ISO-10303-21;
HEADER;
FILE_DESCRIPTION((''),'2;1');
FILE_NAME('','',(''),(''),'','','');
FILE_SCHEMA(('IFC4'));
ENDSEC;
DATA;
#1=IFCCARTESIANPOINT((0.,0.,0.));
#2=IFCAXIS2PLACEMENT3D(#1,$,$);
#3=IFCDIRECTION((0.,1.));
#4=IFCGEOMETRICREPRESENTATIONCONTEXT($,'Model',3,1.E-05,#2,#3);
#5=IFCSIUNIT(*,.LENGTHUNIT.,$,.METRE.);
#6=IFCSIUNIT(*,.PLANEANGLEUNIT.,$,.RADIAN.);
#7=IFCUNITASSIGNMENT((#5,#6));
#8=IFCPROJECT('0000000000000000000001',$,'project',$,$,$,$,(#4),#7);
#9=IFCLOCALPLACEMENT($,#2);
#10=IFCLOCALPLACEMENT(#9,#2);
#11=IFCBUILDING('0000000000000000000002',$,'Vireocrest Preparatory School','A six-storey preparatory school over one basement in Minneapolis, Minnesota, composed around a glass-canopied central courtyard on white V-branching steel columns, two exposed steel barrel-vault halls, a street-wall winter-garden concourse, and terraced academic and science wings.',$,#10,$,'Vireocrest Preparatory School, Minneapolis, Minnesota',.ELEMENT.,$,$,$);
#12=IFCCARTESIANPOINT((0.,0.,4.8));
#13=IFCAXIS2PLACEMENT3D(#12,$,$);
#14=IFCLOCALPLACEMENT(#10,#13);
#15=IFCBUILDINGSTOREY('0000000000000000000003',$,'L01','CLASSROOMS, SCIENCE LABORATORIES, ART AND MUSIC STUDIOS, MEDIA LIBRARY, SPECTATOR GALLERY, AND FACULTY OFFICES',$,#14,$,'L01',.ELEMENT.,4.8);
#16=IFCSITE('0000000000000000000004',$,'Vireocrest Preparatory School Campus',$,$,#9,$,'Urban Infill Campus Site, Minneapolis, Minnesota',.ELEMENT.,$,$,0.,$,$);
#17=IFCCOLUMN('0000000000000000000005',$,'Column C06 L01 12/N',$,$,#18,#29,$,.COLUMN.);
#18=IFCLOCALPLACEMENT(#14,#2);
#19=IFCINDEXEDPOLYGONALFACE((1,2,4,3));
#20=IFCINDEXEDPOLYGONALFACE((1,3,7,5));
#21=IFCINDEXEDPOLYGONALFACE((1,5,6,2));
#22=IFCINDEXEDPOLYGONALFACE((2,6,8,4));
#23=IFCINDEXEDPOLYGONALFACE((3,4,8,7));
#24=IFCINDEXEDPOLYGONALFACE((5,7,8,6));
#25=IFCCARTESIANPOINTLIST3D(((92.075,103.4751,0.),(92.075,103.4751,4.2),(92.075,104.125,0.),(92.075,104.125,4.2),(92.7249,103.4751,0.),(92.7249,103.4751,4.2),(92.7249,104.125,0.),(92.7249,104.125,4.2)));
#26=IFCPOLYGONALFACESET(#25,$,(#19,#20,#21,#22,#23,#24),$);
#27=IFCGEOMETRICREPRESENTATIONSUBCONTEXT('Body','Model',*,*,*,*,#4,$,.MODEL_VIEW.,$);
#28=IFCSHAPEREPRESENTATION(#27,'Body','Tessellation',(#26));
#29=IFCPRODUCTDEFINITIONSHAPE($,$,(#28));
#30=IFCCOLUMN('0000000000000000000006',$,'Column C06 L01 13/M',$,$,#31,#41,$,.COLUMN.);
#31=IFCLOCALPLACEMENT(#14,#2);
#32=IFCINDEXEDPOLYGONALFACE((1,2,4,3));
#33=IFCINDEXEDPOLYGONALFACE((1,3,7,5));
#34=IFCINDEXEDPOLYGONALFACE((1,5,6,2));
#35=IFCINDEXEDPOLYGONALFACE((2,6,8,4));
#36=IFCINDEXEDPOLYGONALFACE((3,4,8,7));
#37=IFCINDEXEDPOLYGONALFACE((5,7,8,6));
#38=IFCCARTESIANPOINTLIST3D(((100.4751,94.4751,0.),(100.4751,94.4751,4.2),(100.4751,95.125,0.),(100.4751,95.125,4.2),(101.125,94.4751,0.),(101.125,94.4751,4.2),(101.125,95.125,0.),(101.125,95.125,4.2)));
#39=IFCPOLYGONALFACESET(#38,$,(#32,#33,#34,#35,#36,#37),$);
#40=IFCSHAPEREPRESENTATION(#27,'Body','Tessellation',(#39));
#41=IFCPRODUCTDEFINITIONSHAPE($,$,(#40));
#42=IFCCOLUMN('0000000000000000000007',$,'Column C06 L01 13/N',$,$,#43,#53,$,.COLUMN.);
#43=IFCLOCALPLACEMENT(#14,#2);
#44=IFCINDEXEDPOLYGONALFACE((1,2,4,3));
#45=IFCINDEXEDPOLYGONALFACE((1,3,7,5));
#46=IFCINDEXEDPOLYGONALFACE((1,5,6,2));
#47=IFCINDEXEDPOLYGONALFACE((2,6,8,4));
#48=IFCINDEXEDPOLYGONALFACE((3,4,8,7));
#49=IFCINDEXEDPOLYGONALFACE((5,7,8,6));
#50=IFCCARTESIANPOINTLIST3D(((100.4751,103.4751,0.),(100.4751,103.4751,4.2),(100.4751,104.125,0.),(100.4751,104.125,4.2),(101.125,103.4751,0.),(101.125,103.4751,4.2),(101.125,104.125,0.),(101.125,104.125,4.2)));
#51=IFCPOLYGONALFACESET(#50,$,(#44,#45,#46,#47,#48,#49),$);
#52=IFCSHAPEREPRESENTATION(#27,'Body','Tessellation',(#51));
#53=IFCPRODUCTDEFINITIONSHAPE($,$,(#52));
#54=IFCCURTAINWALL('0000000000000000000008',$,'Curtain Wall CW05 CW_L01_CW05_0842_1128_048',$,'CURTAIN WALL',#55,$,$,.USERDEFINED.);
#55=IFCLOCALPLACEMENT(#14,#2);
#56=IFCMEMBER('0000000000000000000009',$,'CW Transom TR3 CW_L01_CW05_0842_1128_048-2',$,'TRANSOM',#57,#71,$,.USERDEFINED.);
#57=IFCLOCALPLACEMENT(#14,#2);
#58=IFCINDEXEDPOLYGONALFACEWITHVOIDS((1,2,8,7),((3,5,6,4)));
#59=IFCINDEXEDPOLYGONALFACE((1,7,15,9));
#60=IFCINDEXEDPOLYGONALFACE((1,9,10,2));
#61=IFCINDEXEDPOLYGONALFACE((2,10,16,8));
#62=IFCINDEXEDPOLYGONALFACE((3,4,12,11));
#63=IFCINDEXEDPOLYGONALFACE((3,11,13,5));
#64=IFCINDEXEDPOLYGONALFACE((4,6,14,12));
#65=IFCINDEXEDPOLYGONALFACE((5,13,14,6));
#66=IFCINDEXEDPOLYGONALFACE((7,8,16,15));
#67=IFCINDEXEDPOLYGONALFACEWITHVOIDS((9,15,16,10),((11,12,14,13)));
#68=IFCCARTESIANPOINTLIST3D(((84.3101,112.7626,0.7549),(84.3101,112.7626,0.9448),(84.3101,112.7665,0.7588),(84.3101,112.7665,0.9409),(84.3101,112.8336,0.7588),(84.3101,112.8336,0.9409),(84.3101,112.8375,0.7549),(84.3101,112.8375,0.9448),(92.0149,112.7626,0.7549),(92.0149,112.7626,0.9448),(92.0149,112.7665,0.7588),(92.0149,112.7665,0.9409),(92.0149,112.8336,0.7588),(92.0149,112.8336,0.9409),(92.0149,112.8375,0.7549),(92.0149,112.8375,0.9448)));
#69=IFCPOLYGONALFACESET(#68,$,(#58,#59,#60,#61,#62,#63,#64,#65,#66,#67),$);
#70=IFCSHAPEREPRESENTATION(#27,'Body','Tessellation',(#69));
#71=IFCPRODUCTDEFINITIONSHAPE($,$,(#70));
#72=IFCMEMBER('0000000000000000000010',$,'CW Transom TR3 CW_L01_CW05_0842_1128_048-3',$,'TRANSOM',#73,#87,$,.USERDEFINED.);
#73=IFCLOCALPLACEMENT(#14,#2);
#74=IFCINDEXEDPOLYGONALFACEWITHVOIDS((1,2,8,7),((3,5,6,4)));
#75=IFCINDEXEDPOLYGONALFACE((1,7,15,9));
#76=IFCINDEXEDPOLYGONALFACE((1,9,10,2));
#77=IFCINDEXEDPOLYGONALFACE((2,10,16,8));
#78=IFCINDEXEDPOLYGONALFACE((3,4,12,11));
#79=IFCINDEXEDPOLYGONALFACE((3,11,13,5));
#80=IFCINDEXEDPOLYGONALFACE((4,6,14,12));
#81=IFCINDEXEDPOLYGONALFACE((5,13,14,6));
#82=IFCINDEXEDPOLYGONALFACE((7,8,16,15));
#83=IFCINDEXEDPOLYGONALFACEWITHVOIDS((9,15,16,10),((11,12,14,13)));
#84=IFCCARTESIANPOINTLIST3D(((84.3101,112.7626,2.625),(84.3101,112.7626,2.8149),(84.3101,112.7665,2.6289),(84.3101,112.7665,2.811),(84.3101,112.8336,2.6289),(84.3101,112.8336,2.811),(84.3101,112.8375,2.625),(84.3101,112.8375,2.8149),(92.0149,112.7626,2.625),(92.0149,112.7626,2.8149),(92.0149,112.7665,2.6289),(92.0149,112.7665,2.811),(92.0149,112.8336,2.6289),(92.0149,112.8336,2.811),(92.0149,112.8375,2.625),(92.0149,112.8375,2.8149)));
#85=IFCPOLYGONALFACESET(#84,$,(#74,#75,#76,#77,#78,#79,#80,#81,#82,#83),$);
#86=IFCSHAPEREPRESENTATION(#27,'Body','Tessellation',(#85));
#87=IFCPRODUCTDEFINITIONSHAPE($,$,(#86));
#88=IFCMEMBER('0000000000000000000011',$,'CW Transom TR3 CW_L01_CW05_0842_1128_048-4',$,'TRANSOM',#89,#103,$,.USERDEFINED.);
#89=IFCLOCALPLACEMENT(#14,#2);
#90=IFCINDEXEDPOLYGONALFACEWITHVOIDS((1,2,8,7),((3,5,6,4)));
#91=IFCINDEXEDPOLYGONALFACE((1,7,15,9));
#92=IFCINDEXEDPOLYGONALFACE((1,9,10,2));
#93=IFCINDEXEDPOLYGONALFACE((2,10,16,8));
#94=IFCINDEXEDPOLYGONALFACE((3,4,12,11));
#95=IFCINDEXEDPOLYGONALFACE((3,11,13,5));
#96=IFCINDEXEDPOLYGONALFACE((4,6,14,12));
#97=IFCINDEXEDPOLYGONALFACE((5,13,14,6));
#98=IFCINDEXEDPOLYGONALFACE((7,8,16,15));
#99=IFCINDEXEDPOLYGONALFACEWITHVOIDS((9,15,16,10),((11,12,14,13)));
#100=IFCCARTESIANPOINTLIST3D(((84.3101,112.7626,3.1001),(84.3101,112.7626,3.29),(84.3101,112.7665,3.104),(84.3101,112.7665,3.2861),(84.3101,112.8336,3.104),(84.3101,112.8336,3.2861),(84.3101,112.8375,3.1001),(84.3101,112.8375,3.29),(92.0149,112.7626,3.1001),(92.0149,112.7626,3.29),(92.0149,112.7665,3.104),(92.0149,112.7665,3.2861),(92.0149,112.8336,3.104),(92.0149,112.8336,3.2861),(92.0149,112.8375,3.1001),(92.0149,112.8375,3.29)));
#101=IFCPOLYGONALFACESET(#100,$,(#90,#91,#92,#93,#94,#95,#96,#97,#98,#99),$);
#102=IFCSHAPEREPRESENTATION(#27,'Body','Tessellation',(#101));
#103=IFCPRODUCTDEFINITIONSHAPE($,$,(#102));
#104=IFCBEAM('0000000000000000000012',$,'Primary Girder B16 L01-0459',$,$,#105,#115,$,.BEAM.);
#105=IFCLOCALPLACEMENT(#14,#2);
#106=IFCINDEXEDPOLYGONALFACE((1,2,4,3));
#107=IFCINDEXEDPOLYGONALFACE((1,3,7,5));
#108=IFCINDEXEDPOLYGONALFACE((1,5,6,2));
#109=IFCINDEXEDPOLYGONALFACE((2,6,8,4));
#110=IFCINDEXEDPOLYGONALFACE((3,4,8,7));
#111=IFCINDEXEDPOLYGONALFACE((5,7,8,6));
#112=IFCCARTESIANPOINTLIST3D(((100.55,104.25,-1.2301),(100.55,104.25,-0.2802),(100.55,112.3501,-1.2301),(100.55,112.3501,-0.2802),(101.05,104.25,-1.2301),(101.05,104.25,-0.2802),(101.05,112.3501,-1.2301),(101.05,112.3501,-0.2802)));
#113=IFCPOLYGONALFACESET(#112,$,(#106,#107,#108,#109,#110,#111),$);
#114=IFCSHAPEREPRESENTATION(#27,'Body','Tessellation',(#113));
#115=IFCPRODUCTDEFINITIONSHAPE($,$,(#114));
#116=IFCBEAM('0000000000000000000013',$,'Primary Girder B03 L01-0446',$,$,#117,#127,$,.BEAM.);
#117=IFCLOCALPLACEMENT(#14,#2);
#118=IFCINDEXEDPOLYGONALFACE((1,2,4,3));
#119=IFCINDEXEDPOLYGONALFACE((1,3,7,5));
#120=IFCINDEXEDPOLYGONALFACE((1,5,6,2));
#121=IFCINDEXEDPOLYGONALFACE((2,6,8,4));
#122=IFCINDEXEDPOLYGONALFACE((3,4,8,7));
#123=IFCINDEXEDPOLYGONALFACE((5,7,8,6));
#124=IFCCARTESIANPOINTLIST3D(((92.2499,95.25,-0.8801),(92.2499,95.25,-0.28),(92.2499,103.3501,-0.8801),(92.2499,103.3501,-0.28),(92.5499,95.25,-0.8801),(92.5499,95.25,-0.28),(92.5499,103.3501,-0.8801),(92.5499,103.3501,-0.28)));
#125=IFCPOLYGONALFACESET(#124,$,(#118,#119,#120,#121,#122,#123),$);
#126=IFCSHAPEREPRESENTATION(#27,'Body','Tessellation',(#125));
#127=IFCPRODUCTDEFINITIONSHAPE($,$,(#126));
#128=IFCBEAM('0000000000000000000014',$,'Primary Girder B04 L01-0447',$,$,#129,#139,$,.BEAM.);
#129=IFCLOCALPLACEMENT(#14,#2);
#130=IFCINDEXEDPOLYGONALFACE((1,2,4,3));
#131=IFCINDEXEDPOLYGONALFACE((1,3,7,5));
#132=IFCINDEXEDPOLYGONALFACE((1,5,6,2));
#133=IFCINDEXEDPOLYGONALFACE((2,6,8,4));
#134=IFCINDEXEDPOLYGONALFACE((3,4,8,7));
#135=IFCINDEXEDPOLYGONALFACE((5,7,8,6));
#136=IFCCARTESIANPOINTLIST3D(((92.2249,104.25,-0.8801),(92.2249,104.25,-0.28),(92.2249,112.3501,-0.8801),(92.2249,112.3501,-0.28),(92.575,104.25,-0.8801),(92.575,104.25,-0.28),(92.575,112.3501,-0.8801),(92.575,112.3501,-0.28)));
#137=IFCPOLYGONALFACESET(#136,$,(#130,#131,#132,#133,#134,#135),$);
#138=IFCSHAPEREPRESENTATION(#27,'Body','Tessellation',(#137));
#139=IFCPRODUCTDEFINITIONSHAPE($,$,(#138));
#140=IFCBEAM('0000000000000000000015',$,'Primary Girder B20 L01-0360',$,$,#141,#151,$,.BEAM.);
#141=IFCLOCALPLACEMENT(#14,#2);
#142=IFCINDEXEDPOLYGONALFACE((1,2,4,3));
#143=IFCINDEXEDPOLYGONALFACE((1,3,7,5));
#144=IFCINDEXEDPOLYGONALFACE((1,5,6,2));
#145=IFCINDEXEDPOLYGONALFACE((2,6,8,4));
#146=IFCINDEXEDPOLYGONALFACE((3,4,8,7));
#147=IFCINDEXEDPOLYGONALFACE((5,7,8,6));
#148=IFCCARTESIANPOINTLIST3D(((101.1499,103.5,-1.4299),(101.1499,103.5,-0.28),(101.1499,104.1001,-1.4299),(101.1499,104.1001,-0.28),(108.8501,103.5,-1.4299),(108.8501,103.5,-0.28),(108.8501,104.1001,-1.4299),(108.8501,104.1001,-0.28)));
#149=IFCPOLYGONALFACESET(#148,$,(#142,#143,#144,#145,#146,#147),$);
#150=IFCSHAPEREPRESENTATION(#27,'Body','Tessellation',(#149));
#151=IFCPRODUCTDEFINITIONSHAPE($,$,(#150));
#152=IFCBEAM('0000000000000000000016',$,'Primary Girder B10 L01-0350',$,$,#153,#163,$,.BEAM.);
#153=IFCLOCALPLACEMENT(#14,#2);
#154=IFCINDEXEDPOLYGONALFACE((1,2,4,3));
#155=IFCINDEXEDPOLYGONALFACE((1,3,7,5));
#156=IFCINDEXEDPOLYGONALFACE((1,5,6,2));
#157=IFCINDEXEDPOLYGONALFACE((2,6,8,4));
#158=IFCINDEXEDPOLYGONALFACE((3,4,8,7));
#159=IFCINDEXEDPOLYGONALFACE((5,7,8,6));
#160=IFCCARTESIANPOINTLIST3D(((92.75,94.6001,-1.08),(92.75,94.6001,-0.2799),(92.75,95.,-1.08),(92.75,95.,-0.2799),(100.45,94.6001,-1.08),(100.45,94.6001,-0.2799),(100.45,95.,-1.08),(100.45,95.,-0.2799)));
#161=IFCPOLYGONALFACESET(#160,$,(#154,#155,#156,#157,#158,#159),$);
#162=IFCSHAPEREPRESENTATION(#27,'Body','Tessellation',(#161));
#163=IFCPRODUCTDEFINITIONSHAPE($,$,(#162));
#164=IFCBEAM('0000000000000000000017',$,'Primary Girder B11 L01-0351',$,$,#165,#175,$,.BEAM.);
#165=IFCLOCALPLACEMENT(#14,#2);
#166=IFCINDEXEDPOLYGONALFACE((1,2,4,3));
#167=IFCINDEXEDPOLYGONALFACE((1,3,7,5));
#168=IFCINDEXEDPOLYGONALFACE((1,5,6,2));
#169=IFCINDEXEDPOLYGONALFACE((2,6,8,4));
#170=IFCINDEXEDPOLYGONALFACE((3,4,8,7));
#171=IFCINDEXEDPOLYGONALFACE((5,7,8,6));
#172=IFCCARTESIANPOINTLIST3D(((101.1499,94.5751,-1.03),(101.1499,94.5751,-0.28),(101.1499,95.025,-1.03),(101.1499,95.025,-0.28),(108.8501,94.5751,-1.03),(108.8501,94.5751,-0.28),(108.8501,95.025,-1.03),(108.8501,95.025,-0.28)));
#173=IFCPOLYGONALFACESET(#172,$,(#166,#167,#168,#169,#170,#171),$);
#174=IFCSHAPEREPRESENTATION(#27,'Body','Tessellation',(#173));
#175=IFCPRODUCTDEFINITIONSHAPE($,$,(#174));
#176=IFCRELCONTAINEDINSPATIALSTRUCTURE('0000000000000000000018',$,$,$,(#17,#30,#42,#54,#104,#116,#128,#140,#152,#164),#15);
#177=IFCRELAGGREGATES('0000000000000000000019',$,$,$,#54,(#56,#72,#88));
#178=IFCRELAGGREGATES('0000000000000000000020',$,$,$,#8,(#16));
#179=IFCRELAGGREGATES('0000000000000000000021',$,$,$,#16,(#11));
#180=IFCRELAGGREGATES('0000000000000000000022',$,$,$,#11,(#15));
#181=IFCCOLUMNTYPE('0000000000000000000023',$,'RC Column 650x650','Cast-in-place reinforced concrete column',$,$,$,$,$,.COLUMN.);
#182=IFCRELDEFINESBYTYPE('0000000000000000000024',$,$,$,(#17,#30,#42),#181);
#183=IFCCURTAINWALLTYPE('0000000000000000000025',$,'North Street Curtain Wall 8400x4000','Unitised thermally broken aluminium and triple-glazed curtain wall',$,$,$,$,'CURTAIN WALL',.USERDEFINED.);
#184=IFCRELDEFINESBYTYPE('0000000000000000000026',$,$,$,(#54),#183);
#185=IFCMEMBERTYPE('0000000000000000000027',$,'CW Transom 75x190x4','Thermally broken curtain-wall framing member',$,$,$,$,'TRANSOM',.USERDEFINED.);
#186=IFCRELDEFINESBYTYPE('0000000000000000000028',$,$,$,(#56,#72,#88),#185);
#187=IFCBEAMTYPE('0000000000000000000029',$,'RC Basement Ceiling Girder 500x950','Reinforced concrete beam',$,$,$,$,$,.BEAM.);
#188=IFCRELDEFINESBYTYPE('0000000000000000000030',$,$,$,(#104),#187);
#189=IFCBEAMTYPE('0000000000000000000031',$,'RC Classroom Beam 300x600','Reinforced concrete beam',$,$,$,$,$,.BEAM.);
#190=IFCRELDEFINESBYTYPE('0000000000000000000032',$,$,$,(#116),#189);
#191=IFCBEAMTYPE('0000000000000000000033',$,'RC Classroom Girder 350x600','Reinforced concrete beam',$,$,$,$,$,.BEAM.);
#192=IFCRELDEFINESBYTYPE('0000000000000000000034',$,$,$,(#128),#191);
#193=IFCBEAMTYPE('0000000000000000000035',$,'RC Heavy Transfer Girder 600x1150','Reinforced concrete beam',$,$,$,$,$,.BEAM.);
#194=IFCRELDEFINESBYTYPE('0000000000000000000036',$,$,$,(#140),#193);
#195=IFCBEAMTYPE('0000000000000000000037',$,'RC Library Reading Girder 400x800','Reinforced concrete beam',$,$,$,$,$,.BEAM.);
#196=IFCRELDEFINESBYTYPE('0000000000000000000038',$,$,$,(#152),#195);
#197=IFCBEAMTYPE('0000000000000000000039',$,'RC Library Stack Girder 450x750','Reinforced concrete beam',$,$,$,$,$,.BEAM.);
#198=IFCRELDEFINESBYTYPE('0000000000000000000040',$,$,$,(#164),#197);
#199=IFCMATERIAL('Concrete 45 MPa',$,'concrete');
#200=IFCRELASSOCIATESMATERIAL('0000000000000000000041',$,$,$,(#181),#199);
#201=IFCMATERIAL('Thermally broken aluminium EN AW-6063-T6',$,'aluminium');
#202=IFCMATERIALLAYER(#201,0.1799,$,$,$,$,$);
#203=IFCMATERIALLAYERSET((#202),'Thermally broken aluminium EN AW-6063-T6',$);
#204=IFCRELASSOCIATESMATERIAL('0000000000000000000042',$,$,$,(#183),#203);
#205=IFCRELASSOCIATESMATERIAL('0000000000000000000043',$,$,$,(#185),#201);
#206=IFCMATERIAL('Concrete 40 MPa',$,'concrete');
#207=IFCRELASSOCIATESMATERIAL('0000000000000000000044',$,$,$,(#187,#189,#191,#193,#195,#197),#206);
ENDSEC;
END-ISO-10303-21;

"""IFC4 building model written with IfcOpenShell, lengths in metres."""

from ifc_helpers import new_model, si_unit, direction, frame, origin, origin_2d, place, context, subcontext, project, spatial, rectangle, hollow_rectangle, extrude, material, layer, layer_set, material_profile, profile_set, type_object, element, aggregate, save


model = new_model("IFC4")

# Units and contexts
model_context = context("Model", 3, precision=1e-05, world=origin(), true_north=direction((0.0, 1.0)))
body_context = subcontext(model_context, "Body", "Model", "MODEL_VIEW")
ifc_project = project(units=[si_unit("LENGTHUNIT", "METRE"), si_unit("PLANEANGLEUNIT", "RADIAN")], contexts=[model_context])

# Site, building, storey
site_placement = place(None, origin())
site = spatial("IfcSite", under=ifc_project, at=site_placement, Name="Vireocrest Preparatory School Campus", LongName="Urban Infill Campus Site, Minneapolis, Minnesota", CompositionType="ELEMENT", RefElevation=0.0)
building_placement = place(site_placement, origin())
building = spatial("IfcBuilding", under=site, at=building_placement, Name="Vireocrest Preparatory School", Description="A six-storey preparatory school over one basement in Minneapolis, Minnesota, composed around a glass-canopied central courtyard on white V-branching steel columns, two exposed steel barrel-vault halls, a street-wall winter-garden concourse, and terraced academic and science wings.", LongName="Vireocrest Preparatory School, Minneapolis, Minnesota", CompositionType="ELEMENT")
storey_placement = place(building_placement, frame((0.0, 0.0, 4.8)))
storey = spatial("IfcBuildingStorey", under=building, at=storey_placement, Name="L01", Description="CLASSROOMS, SCIENCE LABORATORIES, ART AND MUSIC STUDIOS, MEDIA LIBRARY, SPECTATOR GALLERY, AND FACULTY OFFICES", LongName="L01", CompositionType="ELEMENT", Elevation=4.8)

# Columns
ifc_material_1 = material(Name="Concrete 45 MPa", Category="concrete")
ifc_material_profile_1 = material_profile(ifc_material_1, rectangle(XDim=0.6499, YDim=0.6499, at=origin_2d()), Name="RC 650x650")
ifc_profile_set_1 = profile_set([ifc_material_profile_1], Name="Concrete 45 MPa")
column_type = type_object("IfcColumnType", Name="RC Column 650x650", Description="Cast-in-place reinforced concrete column", PredefinedType="COLUMN", material=ifc_profile_set_1)
for number, where, z_axis, x_axis, name in (
    (1, (92.3999, 103.8, 0.0), (0.0, 0.0, 1.0), (1.0, 0.0, 0.0), "Column C06 L01 12/N"),
    (2, (100.8, 94.8, 0.0), (0.0, 0.0, 1.0), (1.0, 0.0, 0.0), "Column C06 L01 13/M"),
    (3, (100.8, 103.8, 0.0), (0.0, 0.0, 1.0), (1.0, 0.0, 0.0), "Column C06 L01 13/N"),
):
    element("IfcColumn", number, at=place(storey_placement, frame(where, z_axis=z_axis, x_axis=x_axis)), inside=storey, type_object=column_type, Name=name, PredefinedType="COLUMN", context=body_context, shape_type="SweptSolid", body=[
        extrude(rectangle(XDim=0.6499, YDim=0.6499, at=origin_2d()), origin(), (0.0, 0.0, 1.0), 4.2),
    ])

# Curtain wall, members
ifc_material_2 = material(Name="Thermally broken aluminium EN AW-6063-T6", Category="aluminium")
ifc_layer_1 = layer(ifc_material_2, 0.1799)
ifc_layer_set_1 = layer_set([ifc_layer_1], Name="Thermally broken aluminium EN AW-6063-T6")
curtain_wall_type = type_object("IfcCurtainWallType", Name="North Street Curtain Wall 8400x4000", Description="Unitised thermally broken aluminium and triple-glazed curtain wall", ElementType="CURTAIN WALL", PredefinedType="USERDEFINED", material=ifc_layer_set_1)
curtain_wall_placement = place(storey_placement, origin())
curtain_wall = element("IfcCurtainWall", 4, at=curtain_wall_placement, inside=storey, type_object=curtain_wall_type, Name="Curtain Wall CW05 CW_L01_CW05_0842_1128_048", ObjectType="CURTAIN WALL", PredefinedType="USERDEFINED")
ifc_material_profile_2 = material_profile(ifc_material_2, hollow_rectangle(XDim=0.075, YDim=0.1899, WallThickness=0.0039, at=origin_2d()), Name="ALU 75x190x4")
ifc_profile_set_2 = profile_set([ifc_material_profile_2], Name="Thermally broken aluminium EN AW-6063-T6")
member_type = type_object("IfcMemberType", Name="CW Transom 75x190x4", Description="Thermally broken curtain-wall framing member", ElementType="TRANSOM", PredefinedType="USERDEFINED", material=ifc_profile_set_2)
member_1_placement = place(storey_placement, frame((84.3101, 112.8, 0.8499), z_axis=(1.0, 0.0, 0.0), x_axis=(0.0, 1.0, 0.0)))
member_1 = element("IfcMember", 5, at=member_1_placement, type_object=member_type, Name="CW Transom TR3 CW_L01_CW05_0842_1128_048-2", ObjectType="TRANSOM", PredefinedType="USERDEFINED", context=body_context, shape_type="SweptSolid", body=[
    extrude(hollow_rectangle(XDim=0.075, YDim=0.1899, WallThickness=0.0039, at=origin_2d()), origin(), (0.0, 0.0, 1.0), 7.7048),
])
member_2_placement = place(storey_placement, frame((84.3101, 112.8, 2.72), z_axis=(1.0, 0.0, 0.0), x_axis=(0.0, 1.0, 0.0)))
member_2 = element("IfcMember", 6, at=member_2_placement, type_object=member_type, Name="CW Transom TR3 CW_L01_CW05_0842_1128_048-3", ObjectType="TRANSOM", PredefinedType="USERDEFINED", context=body_context, shape_type="SweptSolid", body=[
    extrude(hollow_rectangle(XDim=0.075, YDim=0.1899, WallThickness=0.0039, at=origin_2d()), origin(), (0.0, 0.0, 1.0), 7.7048),
])
member_3_placement = place(storey_placement, frame((84.3101, 112.8, 3.1951), z_axis=(1.0, 0.0, 0.0), x_axis=(0.0, 1.0, 0.0)))
member_3 = element("IfcMember", 7, at=member_3_placement, type_object=member_type, Name="CW Transom TR3 CW_L01_CW05_0842_1128_048-4", ObjectType="TRANSOM", PredefinedType="USERDEFINED", context=body_context, shape_type="SweptSolid", body=[
    extrude(hollow_rectangle(XDim=0.075, YDim=0.1899, WallThickness=0.0039, at=origin_2d()), origin(), (0.0, 0.0, 1.0), 7.7048),
])

# Beams
ifc_material_3 = material(Name="Concrete 40 MPa", Category="concrete")
ifc_material_profile_3 = material_profile(ifc_material_3, rectangle(XDim=0.5, YDim=0.95, at=origin_2d()), Name="RC 500x950")
ifc_profile_set_3 = profile_set([ifc_material_profile_3], Name="Concrete 40 MPa")
beam_type_1 = type_object("IfcBeamType", Name="RC Basement Ceiling Girder 500x950", Description="Reinforced concrete beam", PredefinedType="BEAM", material=ifc_profile_set_3)
beam_1_placement = place(storey_placement, frame((100.8, 104.25, -0.7551), z_axis=(0.0, 1.0, 0.0), x_axis=(-1.0, 0.0, 0.0)))
element("IfcBeam", 8, at=beam_1_placement, inside=storey, type_object=beam_type_1, Name="Primary Girder B16 L01-0459", PredefinedType="BEAM", context=body_context, shape_type="SweptSolid", body=[
    extrude(rectangle(XDim=0.5, YDim=0.95, at=origin_2d()), origin(), (0.0, 0.0, 1.0), 8.1001),
])
ifc_material_profile_4 = material_profile(ifc_material_3, rectangle(XDim=0.3, YDim=0.6001, at=origin_2d()), Name="RC 300x600")
ifc_profile_set_4 = profile_set([ifc_material_profile_4], Name="Concrete 40 MPa")
beam_type_2 = type_object("IfcBeamType", Name="RC Classroom Beam 300x600", Description="Reinforced concrete beam", PredefinedType="BEAM", material=ifc_profile_set_4)
beam_2_placement = place(storey_placement, frame((92.3999, 95.25, -0.5801), z_axis=(0.0, 1.0, 0.0), x_axis=(-1.0, 0.0, 0.0)))
element("IfcBeam", 9, at=beam_2_placement, inside=storey, type_object=beam_type_2, Name="Primary Girder B03 L01-0446", PredefinedType="BEAM", context=body_context, shape_type="SweptSolid", body=[
    extrude(rectangle(XDim=0.3, YDim=0.6001, at=origin_2d()), origin(), (0.0, 0.0, 1.0), 8.1001),
])
ifc_material_profile_5 = material_profile(ifc_material_3, rectangle(XDim=0.3501, YDim=0.6001, at=origin_2d()), Name="RC 350x600")
ifc_profile_set_5 = profile_set([ifc_material_profile_5], Name="Concrete 40 MPa")
beam_type_3 = type_object("IfcBeamType", Name="RC Classroom Girder 350x600", Description="Reinforced concrete beam", PredefinedType="BEAM", material=ifc_profile_set_5)
beam_3_placement = place(storey_placement, frame((92.3999, 104.25, -0.5801), z_axis=(0.0, 1.0, 0.0), x_axis=(-1.0, 0.0, 0.0)))
element("IfcBeam", 10, at=beam_3_placement, inside=storey, type_object=beam_type_3, Name="Primary Girder B04 L01-0447", PredefinedType="BEAM", context=body_context, shape_type="SweptSolid", body=[
    extrude(rectangle(XDim=0.3501, YDim=0.6001, at=origin_2d()), origin(), (0.0, 0.0, 1.0), 8.1001),
])
ifc_material_profile_6 = material_profile(ifc_material_3, rectangle(XDim=0.6001, YDim=1.1499, at=origin_2d()), Name="RC 600x1150")
ifc_profile_set_6 = profile_set([ifc_material_profile_6], Name="Concrete 40 MPa")
beam_type_4 = type_object("IfcBeamType", Name="RC Heavy Transfer Girder 600x1150", Description="Reinforced concrete beam", PredefinedType="BEAM", material=ifc_profile_set_6)
beam_4_placement = place(storey_placement, frame((101.1499, 103.8, -0.855), z_axis=(1.0, 0.0, 0.0), x_axis=(0.0, 1.0, 0.0)))
element("IfcBeam", 11, at=beam_4_placement, inside=storey, type_object=beam_type_4, Name="Primary Girder B20 L01-0360", PredefinedType="BEAM", context=body_context, shape_type="SweptSolid", body=[
    extrude(rectangle(XDim=0.6001, YDim=1.1499, at=origin_2d()), origin(), (0.0, 0.0, 1.0), 7.7002),
])
ifc_material_profile_7 = material_profile(ifc_material_3, rectangle(XDim=0.3999, YDim=0.8, at=origin_2d()), Name="RC 400x800")
ifc_profile_set_7 = profile_set([ifc_material_profile_7], Name="Concrete 40 MPa")
beam_type_5 = type_object("IfcBeamType", Name="RC Library Reading Girder 400x800", Description="Reinforced concrete beam", PredefinedType="BEAM", material=ifc_profile_set_7)
beam_5_placement = place(storey_placement, frame((92.75, 94.8, -0.6799), z_axis=(1.0, 0.0, 0.0), x_axis=(0.0, 1.0, 0.0)))
element("IfcBeam", 12, at=beam_5_placement, inside=storey, type_object=beam_type_5, Name="Primary Girder B10 L01-0350", PredefinedType="BEAM", context=body_context, shape_type="SweptSolid", body=[
    extrude(rectangle(XDim=0.3999, YDim=0.8, at=origin_2d()), origin(), (0.0, 0.0, 1.0), 7.7),
])
ifc_material_profile_8 = material_profile(ifc_material_3, rectangle(XDim=0.45, YDim=0.75, at=origin_2d()), Name="RC 450x750")
ifc_profile_set_8 = profile_set([ifc_material_profile_8], Name="Concrete 40 MPa")
beam_type_6 = type_object("IfcBeamType", Name="RC Library Stack Girder 450x750", Description="Reinforced concrete beam", PredefinedType="BEAM", material=ifc_profile_set_8)
beam_6_placement = place(storey_placement, frame((101.1499, 94.8, -0.655), z_axis=(1.0, 0.0, 0.0), x_axis=(0.0, 1.0, 0.0)))
element("IfcBeam", 13, at=beam_6_placement, inside=storey, type_object=beam_type_6, Name="Primary Girder B11 L01-0351", PredefinedType="BEAM", context=body_context, shape_type="SweptSolid", body=[
    extrude(rectangle(XDim=0.45, YDim=0.75, at=origin_2d()), origin(), (0.0, 0.0, 1.0), 7.7002),
])

aggregate(curtain_wall, [member_1, member_2, member_3])

save(model, "model.ifc")
